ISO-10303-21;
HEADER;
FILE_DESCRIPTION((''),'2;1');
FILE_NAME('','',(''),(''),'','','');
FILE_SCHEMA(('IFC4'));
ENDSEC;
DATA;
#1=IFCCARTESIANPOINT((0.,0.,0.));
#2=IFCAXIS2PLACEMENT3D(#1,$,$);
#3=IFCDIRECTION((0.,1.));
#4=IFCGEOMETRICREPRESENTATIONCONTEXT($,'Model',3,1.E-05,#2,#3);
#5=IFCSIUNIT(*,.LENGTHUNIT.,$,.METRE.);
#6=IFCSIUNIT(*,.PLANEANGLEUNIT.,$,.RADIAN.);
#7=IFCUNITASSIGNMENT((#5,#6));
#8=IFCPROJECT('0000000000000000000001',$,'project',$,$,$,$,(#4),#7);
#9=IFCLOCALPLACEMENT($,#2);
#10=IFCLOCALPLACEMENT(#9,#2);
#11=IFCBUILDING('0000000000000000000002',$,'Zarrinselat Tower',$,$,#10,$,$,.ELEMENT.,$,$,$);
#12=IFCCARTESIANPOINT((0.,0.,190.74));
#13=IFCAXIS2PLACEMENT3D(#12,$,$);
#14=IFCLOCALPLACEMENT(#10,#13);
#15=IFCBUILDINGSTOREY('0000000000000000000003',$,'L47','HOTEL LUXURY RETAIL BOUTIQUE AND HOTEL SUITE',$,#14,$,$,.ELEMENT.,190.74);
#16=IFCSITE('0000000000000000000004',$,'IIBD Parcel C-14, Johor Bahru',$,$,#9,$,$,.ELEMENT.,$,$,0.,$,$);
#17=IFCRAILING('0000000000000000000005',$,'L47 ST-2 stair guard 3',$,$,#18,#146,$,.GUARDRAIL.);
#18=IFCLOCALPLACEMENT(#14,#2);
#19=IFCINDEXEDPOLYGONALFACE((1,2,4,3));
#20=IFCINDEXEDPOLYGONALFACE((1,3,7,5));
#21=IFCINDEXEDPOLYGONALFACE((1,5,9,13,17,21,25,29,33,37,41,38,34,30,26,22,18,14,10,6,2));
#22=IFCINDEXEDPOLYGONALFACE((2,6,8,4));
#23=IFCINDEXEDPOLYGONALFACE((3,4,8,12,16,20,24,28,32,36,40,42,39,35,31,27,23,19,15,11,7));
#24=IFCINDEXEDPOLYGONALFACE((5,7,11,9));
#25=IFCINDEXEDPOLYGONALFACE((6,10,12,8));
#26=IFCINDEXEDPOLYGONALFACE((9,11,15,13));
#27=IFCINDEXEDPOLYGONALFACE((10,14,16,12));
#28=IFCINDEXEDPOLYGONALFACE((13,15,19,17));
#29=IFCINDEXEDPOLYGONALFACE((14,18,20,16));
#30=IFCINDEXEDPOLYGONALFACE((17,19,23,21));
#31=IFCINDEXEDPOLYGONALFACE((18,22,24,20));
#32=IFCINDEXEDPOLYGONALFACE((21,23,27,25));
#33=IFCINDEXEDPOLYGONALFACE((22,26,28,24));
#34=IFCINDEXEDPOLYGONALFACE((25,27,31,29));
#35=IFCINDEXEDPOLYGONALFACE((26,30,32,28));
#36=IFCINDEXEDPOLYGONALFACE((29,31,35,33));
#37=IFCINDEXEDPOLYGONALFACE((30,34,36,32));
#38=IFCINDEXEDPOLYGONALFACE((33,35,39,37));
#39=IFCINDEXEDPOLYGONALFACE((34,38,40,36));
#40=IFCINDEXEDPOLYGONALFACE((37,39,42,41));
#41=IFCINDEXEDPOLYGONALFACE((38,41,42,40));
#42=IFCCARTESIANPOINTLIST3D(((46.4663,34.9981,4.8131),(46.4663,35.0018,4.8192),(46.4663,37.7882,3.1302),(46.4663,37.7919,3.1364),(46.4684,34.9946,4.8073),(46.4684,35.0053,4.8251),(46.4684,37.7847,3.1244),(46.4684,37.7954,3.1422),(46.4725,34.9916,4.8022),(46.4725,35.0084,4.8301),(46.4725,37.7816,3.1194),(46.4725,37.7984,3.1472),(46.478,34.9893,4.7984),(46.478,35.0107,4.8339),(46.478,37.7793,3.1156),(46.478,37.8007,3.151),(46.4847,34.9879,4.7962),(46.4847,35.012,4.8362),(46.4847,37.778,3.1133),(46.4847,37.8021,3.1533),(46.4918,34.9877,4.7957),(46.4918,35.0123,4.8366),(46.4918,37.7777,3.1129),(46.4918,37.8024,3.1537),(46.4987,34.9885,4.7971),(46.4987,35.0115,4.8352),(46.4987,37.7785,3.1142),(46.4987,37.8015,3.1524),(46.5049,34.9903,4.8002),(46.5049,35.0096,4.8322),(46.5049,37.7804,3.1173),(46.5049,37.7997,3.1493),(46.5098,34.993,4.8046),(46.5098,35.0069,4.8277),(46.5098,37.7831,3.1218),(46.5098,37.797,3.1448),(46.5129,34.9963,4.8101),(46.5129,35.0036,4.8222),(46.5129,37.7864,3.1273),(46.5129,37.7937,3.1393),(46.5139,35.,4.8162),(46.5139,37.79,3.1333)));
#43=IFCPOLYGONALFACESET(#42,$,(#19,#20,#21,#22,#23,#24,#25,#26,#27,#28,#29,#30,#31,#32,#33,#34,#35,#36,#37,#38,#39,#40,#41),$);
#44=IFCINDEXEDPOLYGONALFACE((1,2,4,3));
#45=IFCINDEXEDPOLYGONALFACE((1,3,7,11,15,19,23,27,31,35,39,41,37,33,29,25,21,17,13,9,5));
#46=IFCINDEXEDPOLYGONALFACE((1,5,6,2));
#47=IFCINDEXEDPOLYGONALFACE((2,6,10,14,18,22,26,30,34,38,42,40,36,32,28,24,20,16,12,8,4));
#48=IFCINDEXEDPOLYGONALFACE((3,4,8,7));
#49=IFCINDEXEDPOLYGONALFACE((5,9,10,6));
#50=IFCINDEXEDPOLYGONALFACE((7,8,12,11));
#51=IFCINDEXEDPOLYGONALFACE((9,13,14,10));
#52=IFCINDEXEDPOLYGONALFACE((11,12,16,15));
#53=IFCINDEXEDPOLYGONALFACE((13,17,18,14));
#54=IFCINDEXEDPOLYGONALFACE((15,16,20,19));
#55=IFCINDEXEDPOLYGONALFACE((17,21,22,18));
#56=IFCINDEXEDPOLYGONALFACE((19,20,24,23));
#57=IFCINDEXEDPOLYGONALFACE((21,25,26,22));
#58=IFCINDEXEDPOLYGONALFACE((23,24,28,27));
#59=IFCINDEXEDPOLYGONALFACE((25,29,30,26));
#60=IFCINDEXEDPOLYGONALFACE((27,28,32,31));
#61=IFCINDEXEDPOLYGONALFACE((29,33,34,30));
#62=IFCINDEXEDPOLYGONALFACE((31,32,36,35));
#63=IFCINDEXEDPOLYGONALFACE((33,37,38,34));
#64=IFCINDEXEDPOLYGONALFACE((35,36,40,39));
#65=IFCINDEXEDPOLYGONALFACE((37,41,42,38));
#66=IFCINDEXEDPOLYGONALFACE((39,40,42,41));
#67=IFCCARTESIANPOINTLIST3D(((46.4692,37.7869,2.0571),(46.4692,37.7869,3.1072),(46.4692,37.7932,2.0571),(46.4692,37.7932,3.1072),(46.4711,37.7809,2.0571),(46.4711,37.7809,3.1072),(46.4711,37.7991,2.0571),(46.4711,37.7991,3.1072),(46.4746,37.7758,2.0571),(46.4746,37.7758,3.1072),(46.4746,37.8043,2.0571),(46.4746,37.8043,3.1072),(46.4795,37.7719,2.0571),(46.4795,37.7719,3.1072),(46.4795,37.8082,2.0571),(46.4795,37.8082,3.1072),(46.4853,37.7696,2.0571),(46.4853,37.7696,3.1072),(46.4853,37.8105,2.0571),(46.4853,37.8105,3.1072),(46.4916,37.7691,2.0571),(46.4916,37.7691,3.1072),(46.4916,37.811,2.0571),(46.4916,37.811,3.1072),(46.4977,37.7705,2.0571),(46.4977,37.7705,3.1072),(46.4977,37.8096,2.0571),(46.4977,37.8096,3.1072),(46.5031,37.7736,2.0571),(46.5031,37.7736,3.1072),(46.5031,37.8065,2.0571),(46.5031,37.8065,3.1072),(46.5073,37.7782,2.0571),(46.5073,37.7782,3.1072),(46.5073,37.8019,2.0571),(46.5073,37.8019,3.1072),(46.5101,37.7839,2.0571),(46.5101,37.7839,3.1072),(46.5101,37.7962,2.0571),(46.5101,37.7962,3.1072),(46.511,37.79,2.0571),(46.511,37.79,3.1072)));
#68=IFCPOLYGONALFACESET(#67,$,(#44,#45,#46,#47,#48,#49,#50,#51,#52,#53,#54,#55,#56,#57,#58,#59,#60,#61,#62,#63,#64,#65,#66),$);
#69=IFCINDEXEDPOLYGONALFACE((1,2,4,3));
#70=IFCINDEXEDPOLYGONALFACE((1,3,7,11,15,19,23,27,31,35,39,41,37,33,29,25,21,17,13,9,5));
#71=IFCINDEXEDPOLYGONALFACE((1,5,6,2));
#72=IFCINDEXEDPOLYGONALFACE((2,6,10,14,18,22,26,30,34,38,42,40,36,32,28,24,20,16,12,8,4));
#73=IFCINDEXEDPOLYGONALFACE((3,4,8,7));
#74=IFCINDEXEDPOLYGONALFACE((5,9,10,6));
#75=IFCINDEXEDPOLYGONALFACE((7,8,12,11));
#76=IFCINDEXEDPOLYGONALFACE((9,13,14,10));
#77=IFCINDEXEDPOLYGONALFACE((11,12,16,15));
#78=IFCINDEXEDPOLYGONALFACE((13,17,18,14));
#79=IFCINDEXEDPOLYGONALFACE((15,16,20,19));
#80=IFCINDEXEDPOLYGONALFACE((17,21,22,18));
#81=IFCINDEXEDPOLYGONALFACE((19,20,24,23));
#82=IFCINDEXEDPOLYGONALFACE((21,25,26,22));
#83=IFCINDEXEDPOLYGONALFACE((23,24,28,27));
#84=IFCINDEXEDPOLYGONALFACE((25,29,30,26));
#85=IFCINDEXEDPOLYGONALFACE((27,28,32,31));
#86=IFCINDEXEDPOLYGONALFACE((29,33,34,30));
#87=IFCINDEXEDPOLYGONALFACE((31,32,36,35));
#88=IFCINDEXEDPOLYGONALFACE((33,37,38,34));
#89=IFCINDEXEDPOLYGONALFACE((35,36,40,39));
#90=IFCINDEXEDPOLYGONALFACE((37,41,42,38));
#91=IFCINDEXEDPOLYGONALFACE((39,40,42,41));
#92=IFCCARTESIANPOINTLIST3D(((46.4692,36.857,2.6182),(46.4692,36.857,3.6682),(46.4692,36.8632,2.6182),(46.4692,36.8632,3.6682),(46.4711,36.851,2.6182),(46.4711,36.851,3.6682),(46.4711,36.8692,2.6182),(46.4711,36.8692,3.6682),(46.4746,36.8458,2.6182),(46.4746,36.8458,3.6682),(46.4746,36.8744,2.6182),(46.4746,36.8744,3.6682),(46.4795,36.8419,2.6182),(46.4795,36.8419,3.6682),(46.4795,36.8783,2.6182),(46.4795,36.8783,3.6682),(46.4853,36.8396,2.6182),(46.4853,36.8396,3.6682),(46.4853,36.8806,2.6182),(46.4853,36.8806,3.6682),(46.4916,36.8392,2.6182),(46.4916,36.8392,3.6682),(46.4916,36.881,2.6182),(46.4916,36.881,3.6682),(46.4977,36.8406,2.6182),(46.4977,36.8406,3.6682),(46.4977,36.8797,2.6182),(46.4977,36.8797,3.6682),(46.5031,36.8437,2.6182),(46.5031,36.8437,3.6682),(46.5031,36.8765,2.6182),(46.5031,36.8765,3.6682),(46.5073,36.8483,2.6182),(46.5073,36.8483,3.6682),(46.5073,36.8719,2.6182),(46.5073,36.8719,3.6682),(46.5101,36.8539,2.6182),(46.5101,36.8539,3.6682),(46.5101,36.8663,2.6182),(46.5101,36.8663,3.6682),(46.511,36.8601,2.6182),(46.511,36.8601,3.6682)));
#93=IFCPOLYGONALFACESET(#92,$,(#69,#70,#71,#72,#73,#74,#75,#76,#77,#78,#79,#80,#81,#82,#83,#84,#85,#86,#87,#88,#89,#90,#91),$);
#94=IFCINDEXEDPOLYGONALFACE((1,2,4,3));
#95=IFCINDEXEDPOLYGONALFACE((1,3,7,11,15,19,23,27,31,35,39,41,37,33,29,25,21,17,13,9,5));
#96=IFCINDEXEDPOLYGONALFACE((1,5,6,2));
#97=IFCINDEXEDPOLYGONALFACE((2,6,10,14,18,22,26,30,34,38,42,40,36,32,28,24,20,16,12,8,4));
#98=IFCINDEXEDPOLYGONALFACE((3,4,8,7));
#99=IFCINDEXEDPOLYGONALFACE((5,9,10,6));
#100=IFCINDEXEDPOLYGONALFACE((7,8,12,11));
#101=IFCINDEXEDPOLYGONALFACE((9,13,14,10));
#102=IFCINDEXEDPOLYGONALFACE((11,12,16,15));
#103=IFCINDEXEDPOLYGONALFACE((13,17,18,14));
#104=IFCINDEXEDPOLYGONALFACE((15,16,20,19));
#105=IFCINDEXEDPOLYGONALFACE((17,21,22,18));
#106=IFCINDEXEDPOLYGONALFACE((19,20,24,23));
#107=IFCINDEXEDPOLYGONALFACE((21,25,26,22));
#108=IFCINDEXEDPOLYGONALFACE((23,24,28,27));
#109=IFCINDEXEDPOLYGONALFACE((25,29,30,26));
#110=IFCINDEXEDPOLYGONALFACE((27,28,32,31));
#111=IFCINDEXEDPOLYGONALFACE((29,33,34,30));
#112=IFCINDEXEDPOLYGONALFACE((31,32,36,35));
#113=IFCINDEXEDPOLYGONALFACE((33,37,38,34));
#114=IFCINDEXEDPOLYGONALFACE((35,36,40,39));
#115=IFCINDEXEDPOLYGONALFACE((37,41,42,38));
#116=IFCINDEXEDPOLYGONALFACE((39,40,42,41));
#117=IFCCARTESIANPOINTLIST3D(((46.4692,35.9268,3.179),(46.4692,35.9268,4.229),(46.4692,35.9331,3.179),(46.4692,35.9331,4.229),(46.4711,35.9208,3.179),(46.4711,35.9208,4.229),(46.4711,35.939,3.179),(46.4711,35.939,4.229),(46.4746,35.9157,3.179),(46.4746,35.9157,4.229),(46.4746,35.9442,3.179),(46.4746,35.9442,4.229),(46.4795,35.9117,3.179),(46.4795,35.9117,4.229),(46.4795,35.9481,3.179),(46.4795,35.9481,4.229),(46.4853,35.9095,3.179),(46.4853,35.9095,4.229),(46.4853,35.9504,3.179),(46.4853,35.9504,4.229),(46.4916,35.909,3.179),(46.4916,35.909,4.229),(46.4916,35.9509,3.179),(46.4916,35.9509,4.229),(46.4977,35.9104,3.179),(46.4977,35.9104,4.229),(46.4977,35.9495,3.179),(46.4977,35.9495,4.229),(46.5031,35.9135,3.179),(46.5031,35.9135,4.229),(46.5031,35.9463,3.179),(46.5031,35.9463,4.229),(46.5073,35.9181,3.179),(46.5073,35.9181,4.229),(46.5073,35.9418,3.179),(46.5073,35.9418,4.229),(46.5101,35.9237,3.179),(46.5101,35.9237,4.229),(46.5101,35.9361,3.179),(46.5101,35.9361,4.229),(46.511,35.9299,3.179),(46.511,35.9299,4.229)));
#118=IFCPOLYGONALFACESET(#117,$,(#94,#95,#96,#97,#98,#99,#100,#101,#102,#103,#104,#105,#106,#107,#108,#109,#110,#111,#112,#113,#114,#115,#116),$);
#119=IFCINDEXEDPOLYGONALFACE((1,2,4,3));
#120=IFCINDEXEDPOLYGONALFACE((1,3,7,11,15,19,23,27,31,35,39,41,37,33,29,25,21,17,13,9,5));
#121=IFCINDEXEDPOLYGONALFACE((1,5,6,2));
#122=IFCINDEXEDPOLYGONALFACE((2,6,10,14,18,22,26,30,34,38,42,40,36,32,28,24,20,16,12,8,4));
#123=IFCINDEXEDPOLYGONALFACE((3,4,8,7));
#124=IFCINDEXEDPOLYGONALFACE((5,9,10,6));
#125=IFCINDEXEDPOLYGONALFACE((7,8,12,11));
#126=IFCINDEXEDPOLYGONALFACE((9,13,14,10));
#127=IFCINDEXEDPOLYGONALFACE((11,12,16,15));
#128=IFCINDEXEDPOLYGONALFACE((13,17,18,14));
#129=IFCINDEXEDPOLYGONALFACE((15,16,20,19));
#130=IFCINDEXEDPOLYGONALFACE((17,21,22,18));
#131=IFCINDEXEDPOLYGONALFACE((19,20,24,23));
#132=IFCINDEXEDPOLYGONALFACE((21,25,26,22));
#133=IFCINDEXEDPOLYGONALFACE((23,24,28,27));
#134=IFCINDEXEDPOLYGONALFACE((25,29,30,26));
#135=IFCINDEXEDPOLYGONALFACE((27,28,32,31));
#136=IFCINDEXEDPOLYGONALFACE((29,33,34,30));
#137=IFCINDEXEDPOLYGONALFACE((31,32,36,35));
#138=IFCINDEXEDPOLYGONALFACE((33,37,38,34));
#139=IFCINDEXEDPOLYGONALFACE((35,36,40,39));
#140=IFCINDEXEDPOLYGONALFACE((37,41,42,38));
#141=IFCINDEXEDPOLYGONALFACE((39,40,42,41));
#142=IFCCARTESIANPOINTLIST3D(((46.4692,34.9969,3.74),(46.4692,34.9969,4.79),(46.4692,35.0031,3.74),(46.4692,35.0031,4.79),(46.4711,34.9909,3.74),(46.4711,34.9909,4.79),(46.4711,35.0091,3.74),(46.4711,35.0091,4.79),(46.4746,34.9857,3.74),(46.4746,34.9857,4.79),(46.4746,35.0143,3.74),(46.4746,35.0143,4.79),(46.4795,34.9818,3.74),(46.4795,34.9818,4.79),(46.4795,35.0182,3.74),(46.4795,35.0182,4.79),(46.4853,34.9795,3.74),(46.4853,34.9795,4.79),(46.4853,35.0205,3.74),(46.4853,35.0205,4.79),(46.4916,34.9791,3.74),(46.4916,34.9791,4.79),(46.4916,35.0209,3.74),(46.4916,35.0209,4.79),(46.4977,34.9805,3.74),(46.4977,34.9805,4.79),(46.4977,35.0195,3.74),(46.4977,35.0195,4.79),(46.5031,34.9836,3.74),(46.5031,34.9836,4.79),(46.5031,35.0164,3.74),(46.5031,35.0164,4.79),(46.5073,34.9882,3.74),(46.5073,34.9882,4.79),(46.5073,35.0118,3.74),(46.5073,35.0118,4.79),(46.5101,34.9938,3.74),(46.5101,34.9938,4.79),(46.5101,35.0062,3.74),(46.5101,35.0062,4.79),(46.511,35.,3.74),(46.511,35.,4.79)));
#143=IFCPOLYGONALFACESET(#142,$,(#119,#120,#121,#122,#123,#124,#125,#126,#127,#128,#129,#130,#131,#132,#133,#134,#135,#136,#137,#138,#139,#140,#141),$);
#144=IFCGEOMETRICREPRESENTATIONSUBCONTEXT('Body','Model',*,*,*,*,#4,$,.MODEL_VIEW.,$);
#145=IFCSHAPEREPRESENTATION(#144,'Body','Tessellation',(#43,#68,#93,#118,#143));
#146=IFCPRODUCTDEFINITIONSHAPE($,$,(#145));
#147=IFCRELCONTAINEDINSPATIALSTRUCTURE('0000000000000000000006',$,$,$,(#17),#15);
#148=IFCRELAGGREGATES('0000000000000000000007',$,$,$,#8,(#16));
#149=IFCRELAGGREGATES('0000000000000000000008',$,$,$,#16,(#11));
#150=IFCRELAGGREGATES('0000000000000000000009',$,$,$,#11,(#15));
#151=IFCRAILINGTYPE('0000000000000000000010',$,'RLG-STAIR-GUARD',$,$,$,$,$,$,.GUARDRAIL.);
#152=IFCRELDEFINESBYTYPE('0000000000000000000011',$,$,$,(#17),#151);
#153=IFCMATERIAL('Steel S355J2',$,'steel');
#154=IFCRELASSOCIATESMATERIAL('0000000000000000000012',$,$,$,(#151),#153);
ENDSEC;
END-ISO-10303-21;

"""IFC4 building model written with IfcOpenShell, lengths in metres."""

from ifc_helpers import new_model, si_unit, direction, frame, origin, origin_2d, place, context, subcontext, project, spatial, circle, extrude, material, type_object, element, save


model = new_model("IFC4")

# Units and contexts
model_context = context("Model", 3, precision=1e-05, world=origin(), true_north=direction((0.0, 1.0)))
body_context = subcontext(model_context, "Body", "Model", "MODEL_VIEW")
ifc_project = project(units=[si_unit("LENGTHUNIT", "METRE"), si_unit("PLANEANGLEUNIT", "RADIAN")], contexts=[model_context])

# Site, building, storey
site_placement = place(None, origin())
site = spatial("IfcSite", under=ifc_project, at=site_placement, Name="IIBD Parcel C-14, Johor Bahru", CompositionType="ELEMENT", RefElevation=0.0)
building_placement = place(site_placement, origin())
building = spatial("IfcBuilding", under=site, at=building_placement, Name="Zarrinselat Tower", CompositionType="ELEMENT")
storey_placement = place(building_placement, frame((0.0, 0.0, 190.74)))
storey = spatial("IfcBuildingStorey", under=building, at=storey_placement, Name="L47", Description="HOTEL LUXURY RETAIL BOUTIQUE AND HOTEL SUITE", CompositionType="ELEMENT", Elevation=190.74)

# Railing
ifc_material_1 = material(Name="Steel S355J2", Category="steel")
railing_type_1 = type_object("IfcRailingType", Name="RLG-STAIR-GUARD", PredefinedType="GUARDRAIL", material=ifc_material_1)
railing_1_placement = place(storey_placement, frame((46.49, 37.79, 2.0571)))
element("IfcRailing", 1, at=railing_1_placement, inside=storey, type_object=railing_type_1, Name="L47 ST-2 stair guard 3", PredefinedType="GUARDRAIL", context=body_context, shape_type="SweptSolid", body=[
    extrude(circle(Radius=0.0239, at=origin_2d()), frame((0.0, 0.0, 1.0762), z_axis=(0.0, -0.856294, 0.516489), x_axis=(1.0, 0.0, 0.0)), (0.0, 0.0, 1.0), 3.2583),
    extrude(circle(Radius=0.021, at=origin_2d()), origin(), (0.0, 0.0, 1.0), 1.05),
    extrude(circle(Radius=0.021, at=origin_2d()), frame((0.0, -0.9299, 0.561)), (0.0, 0.0, 1.0), 1.05),
    extrude(circle(Radius=0.021, at=origin_2d()), frame((0.0, -1.8601, 1.1218)), (0.0, 0.0, 1.0), 1.05),
    extrude(circle(Radius=0.021, at=origin_2d()), frame((0.0, -2.79, 1.6829)), (0.0, 0.0, 1.0), 1.05),
])

save(model, "model.ifc")
